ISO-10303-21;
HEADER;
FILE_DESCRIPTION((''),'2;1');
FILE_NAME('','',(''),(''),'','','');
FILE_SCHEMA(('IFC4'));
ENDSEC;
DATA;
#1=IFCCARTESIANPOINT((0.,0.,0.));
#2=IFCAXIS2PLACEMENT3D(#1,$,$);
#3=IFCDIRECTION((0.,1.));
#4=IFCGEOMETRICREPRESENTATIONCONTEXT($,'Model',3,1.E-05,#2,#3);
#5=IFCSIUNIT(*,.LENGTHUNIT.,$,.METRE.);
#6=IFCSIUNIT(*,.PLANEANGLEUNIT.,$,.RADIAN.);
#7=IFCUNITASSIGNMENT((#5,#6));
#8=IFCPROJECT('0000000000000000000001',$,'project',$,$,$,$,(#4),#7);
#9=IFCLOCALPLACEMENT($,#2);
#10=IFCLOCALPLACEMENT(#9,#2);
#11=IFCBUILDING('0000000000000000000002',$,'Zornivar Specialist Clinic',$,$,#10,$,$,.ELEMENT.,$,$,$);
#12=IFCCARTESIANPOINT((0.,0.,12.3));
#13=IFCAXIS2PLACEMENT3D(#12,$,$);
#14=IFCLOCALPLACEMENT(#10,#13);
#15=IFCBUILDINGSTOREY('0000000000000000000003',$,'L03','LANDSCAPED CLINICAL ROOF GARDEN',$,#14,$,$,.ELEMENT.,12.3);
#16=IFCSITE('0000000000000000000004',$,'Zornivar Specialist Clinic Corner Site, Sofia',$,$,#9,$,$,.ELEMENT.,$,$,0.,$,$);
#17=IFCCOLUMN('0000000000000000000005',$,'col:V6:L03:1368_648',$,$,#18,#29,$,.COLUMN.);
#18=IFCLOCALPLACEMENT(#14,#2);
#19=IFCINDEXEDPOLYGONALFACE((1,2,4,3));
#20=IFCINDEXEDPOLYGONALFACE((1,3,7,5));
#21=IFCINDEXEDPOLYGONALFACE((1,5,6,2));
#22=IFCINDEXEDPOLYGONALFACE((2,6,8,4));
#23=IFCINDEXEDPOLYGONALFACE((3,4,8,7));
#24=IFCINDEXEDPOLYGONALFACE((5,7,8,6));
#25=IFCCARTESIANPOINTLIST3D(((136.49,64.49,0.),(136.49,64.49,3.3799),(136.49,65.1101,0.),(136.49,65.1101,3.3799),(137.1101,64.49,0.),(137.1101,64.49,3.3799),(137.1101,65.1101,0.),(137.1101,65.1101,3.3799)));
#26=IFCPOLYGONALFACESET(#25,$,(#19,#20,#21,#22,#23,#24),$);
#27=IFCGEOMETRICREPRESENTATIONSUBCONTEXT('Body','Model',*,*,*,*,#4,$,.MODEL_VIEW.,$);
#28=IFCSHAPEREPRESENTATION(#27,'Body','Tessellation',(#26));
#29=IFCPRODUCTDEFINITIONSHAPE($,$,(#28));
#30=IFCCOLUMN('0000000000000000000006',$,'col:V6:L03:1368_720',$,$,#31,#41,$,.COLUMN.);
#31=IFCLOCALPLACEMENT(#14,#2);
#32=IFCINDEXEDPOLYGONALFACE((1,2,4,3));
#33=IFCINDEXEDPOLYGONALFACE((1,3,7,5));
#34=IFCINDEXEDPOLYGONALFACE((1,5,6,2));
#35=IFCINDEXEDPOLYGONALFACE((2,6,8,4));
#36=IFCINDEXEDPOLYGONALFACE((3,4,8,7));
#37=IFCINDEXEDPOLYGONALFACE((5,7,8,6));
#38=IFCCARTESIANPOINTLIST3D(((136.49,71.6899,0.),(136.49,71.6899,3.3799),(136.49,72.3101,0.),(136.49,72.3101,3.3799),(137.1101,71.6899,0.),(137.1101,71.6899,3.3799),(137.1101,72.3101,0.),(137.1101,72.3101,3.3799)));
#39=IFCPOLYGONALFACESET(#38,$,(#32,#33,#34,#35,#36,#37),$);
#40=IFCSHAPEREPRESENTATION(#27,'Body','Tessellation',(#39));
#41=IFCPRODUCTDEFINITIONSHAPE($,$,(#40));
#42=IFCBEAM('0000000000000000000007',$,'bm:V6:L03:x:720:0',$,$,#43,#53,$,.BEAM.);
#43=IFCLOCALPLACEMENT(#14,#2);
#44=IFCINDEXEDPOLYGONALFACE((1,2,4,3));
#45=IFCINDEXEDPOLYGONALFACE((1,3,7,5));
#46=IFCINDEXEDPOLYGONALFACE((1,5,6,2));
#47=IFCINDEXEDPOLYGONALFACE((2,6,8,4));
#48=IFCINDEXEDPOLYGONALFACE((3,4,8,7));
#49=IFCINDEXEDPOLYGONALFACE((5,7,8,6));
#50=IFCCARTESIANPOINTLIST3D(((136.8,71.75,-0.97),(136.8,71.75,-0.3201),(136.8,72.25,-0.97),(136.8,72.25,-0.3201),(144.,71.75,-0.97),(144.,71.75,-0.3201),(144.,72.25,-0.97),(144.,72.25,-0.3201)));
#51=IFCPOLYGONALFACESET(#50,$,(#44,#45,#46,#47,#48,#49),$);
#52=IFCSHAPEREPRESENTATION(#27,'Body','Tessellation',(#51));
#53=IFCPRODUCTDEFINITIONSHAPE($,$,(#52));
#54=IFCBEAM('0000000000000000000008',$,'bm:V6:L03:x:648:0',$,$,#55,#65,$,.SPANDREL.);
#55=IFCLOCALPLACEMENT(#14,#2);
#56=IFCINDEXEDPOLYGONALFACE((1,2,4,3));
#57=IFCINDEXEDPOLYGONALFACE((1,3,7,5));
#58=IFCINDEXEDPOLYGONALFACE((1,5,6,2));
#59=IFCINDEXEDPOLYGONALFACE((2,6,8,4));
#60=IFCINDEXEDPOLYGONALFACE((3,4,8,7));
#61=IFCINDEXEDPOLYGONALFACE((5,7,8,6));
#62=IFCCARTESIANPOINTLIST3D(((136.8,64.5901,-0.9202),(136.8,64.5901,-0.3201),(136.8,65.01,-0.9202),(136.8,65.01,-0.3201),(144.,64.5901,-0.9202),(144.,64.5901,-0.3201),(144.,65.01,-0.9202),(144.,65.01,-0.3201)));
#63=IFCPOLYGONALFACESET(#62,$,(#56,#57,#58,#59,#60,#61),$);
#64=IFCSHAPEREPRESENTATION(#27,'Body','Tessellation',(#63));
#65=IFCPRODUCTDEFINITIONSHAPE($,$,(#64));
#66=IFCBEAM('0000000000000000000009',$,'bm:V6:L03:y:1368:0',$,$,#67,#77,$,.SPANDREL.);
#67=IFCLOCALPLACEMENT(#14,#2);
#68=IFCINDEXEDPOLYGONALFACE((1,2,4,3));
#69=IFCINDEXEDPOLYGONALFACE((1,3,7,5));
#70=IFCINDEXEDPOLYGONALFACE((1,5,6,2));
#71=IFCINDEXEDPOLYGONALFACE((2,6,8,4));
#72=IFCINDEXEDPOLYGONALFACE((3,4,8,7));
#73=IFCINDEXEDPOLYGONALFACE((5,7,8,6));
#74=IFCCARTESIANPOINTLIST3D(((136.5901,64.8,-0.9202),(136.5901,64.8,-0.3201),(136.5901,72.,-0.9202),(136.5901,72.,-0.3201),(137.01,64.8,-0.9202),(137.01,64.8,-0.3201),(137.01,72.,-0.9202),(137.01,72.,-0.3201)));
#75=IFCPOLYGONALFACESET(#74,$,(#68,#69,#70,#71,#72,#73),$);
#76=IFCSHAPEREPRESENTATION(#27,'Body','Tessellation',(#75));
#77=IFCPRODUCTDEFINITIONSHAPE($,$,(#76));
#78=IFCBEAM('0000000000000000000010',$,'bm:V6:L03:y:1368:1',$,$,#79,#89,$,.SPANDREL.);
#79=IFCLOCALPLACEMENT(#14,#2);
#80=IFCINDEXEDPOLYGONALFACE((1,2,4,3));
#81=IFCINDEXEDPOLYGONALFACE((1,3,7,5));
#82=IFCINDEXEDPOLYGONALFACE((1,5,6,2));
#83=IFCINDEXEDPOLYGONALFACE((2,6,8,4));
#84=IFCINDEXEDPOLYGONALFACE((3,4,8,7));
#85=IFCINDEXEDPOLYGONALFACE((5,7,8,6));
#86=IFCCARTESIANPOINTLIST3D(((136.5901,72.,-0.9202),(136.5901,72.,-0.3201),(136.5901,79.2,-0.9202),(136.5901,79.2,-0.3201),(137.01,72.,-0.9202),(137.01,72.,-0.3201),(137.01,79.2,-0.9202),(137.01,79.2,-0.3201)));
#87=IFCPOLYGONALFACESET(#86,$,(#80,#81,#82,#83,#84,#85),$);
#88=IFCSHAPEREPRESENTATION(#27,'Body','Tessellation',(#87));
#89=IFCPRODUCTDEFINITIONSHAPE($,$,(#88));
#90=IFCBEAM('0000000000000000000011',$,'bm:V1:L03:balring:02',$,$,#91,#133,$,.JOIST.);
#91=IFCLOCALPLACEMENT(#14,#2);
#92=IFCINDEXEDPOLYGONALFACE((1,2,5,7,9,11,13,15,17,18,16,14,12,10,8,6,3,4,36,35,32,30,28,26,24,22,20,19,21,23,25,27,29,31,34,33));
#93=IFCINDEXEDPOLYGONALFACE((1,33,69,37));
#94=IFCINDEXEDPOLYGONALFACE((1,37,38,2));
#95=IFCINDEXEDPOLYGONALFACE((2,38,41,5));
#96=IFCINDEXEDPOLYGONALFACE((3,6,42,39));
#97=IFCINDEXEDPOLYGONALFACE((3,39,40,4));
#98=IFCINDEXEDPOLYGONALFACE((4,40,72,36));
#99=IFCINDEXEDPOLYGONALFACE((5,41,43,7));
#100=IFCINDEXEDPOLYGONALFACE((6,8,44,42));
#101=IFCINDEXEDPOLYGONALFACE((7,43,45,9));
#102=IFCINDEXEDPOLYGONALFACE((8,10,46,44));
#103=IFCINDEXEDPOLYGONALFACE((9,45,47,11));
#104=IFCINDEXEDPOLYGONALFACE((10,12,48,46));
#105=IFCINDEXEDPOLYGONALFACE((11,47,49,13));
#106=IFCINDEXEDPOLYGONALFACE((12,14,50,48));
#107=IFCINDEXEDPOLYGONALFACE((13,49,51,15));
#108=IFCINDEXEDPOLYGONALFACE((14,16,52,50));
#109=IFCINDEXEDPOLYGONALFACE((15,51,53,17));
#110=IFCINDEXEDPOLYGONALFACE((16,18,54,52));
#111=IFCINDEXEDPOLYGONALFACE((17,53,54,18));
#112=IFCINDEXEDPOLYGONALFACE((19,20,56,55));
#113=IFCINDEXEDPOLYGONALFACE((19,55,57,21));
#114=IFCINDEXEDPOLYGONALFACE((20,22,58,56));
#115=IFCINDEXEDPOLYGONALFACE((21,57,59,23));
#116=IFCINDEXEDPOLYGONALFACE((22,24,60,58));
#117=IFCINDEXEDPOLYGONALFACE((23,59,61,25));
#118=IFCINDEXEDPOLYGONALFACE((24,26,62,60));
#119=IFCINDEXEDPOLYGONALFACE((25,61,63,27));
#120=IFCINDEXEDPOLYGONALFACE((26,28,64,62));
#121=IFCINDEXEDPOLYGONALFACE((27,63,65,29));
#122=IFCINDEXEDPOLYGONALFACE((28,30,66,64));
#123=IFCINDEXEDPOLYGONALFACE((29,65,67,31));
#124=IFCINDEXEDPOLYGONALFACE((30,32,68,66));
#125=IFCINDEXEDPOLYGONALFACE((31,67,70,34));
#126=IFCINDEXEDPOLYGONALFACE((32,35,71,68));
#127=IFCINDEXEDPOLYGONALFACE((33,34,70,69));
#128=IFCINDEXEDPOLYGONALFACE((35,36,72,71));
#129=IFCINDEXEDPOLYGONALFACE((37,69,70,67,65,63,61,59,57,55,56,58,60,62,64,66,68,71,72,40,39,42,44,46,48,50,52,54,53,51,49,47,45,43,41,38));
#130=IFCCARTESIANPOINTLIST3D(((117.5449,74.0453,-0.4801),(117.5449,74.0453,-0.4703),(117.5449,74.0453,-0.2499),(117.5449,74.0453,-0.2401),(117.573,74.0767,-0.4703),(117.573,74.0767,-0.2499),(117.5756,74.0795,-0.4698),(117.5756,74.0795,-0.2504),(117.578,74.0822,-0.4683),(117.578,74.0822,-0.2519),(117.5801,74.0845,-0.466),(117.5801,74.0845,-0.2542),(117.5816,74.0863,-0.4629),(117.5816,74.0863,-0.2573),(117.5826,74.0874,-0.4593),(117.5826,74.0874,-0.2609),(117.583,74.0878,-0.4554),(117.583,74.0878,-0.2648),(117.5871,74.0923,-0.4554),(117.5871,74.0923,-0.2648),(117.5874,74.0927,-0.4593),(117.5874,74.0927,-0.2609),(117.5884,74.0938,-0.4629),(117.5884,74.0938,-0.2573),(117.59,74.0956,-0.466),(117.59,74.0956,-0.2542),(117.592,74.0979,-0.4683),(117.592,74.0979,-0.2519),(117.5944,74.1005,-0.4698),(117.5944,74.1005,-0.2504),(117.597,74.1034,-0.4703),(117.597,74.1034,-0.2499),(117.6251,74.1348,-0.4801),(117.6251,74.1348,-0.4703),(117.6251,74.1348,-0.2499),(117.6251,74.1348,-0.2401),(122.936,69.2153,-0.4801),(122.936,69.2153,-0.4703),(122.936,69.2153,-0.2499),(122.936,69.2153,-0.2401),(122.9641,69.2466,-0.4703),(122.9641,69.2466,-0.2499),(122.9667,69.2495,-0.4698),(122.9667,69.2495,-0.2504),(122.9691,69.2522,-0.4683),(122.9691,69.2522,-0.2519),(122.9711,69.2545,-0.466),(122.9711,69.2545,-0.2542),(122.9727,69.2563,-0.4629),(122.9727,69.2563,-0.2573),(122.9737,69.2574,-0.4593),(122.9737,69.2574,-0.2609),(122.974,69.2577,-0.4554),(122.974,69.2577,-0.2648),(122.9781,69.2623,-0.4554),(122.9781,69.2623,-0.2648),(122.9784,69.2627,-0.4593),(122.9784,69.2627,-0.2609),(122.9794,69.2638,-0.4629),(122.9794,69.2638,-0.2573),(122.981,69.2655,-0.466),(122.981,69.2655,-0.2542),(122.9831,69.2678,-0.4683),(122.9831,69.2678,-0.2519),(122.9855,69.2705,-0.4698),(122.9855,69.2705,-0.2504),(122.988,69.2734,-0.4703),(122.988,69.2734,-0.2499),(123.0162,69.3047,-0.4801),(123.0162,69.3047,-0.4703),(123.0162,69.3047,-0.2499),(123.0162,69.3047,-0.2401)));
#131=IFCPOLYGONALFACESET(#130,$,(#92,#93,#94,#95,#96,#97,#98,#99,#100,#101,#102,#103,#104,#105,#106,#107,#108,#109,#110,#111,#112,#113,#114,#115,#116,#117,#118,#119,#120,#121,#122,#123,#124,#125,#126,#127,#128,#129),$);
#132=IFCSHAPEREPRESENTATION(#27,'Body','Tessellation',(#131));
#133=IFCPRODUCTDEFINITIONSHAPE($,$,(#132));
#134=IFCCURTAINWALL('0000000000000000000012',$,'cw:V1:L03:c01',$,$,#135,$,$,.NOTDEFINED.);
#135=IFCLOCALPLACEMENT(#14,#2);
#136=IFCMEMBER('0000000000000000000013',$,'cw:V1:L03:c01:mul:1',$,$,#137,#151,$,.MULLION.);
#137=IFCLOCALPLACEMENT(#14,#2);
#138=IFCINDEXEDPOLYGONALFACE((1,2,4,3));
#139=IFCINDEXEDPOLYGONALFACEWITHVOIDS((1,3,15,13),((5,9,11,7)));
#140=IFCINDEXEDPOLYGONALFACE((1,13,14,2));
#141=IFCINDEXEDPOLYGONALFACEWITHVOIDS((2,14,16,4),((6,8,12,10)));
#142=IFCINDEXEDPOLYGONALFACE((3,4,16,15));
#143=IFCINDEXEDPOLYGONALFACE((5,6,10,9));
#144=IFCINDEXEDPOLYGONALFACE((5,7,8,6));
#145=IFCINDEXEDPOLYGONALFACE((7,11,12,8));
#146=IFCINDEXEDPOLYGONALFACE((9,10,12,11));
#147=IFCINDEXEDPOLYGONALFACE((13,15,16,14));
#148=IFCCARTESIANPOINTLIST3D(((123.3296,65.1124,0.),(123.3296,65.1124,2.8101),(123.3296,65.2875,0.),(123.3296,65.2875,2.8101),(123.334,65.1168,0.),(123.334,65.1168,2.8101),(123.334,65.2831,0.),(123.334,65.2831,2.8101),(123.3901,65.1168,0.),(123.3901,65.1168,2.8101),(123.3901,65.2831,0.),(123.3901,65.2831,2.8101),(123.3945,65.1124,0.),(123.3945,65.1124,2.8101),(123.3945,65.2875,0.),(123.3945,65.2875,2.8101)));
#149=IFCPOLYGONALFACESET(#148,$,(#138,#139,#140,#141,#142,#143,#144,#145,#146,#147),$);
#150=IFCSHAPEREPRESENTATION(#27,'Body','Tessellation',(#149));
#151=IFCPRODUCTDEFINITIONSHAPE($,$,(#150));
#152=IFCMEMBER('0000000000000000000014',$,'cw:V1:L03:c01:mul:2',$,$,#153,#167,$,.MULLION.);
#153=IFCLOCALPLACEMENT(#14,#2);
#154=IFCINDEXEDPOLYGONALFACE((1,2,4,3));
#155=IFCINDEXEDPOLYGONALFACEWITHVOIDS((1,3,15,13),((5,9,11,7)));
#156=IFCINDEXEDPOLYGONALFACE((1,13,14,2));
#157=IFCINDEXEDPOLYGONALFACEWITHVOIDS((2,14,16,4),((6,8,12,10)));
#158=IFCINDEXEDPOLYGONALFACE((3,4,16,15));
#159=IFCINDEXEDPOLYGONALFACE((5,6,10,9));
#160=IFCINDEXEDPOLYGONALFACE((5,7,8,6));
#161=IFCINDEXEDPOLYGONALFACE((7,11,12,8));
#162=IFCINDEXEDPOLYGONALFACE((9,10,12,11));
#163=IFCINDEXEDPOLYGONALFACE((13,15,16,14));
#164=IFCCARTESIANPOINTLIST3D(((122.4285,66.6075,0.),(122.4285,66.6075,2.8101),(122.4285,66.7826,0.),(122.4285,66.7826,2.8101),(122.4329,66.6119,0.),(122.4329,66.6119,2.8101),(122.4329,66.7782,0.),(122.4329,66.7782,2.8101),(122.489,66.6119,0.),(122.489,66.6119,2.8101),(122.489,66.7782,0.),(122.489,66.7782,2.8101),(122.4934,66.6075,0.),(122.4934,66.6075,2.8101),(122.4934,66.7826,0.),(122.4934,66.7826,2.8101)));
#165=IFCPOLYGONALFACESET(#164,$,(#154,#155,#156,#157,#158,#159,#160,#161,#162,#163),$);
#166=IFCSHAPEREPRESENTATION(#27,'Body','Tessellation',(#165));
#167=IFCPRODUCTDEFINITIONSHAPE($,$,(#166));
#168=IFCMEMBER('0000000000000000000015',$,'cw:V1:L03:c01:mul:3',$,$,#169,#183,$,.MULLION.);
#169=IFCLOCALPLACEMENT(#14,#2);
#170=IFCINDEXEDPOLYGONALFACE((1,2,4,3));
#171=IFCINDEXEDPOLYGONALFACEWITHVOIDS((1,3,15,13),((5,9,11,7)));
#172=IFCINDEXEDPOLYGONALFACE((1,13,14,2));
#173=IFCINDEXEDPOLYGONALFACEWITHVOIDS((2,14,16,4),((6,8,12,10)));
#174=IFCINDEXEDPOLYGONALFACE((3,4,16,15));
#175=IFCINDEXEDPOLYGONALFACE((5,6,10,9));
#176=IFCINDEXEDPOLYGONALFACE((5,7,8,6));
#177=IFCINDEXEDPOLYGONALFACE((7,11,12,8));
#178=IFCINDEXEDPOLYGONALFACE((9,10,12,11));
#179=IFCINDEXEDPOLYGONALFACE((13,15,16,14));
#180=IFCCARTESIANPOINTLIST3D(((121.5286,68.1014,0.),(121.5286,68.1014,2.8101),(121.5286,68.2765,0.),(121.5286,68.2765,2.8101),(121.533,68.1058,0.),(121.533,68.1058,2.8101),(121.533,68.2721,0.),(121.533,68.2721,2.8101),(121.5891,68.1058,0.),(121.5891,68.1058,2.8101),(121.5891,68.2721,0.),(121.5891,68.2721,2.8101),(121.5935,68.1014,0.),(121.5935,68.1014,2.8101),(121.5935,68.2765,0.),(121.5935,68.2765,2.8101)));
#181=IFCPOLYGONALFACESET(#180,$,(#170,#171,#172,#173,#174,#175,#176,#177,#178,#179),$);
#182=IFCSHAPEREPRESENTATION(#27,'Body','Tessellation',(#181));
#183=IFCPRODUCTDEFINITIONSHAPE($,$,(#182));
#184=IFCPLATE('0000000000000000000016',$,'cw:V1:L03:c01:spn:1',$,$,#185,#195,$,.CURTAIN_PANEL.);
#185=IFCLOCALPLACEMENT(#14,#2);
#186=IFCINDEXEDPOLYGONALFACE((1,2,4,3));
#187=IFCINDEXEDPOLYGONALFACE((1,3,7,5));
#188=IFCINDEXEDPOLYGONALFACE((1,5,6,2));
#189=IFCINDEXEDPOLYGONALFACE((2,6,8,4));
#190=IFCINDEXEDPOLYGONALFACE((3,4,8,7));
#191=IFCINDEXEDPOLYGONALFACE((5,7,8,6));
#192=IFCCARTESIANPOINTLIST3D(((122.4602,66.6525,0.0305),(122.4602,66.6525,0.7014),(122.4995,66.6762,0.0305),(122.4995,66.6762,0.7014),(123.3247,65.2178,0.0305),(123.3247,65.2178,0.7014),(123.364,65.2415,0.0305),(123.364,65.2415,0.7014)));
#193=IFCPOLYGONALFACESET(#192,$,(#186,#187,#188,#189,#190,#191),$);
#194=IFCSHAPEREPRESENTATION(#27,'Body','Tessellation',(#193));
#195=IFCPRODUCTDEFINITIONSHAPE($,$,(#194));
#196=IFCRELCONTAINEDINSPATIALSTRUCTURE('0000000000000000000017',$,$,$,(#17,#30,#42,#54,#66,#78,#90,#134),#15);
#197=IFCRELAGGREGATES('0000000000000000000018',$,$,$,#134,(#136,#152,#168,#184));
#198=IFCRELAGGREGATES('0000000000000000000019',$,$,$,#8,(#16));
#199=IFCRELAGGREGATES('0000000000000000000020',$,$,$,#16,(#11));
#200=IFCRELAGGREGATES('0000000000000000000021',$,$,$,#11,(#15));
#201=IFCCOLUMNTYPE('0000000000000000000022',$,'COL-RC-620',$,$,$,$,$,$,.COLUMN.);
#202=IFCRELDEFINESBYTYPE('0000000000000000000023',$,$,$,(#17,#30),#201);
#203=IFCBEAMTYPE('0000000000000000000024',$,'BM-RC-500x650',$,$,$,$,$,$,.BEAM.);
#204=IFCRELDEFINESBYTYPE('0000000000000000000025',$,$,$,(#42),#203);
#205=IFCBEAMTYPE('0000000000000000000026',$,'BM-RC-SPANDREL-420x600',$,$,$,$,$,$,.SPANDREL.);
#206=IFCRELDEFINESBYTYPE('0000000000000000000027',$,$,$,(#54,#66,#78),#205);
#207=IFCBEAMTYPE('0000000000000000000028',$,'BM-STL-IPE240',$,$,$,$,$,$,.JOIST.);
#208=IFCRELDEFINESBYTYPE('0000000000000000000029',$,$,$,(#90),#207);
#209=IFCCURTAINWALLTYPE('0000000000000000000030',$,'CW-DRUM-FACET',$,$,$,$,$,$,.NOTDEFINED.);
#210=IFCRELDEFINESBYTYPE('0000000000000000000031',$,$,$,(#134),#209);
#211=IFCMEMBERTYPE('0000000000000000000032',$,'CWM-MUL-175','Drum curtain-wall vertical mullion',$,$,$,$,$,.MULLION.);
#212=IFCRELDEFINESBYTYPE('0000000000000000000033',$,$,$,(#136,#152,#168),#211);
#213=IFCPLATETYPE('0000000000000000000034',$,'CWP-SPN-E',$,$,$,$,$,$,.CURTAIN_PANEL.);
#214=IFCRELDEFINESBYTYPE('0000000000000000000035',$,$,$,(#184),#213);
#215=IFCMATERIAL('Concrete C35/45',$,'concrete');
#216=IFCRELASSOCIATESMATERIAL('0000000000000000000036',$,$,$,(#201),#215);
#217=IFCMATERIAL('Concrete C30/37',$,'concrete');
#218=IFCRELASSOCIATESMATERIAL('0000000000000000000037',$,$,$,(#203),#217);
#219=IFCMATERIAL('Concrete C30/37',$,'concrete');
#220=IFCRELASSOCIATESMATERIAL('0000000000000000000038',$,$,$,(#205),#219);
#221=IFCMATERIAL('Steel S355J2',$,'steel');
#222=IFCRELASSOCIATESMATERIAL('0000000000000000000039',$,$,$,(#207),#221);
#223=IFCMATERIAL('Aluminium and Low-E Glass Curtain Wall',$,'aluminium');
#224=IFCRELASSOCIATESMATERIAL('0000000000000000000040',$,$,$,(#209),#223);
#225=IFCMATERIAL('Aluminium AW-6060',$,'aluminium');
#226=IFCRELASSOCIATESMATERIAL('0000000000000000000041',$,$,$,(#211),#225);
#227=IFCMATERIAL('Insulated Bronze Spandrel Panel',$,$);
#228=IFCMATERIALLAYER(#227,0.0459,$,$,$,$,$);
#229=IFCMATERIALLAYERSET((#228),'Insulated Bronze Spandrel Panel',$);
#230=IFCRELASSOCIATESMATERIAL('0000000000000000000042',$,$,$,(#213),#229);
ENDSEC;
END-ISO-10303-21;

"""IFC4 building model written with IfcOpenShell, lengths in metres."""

from ifc_helpers import new_model, si_unit, direction, frame, origin, origin_2d, place, context, subcontext, project, spatial, rectangle, hollow_rectangle, i_section, extrude, material, layer, layer_set, material_profile, profile_set, type_object, element, aggregate, save


model = new_model("IFC4")

# Units and contexts
model_context = context("Model", 3, precision=1e-05, world=origin(), true_north=direction((0.0, 1.0)))
body_context = subcontext(model_context, "Body", "Model", "MODEL_VIEW")
ifc_project = project(units=[si_unit("LENGTHUNIT", "METRE"), si_unit("PLANEANGLEUNIT", "RADIAN")], contexts=[model_context])

# Site, building, storey
site_placement = place(None, origin())
site = spatial("IfcSite", under=ifc_project, at=site_placement, Name="Zornivar Specialist Clinic Corner Site, Sofia", CompositionType="ELEMENT", RefElevation=0.0)
building_placement = place(site_placement, origin())
building = spatial("IfcBuilding", under=site, at=building_placement, Name="Zornivar Specialist Clinic", CompositionType="ELEMENT")
storey_placement = place(building_placement, frame((0.0, 0.0, 12.3)))
storey = spatial("IfcBuildingStorey", under=building, at=storey_placement, Name="L03", Description="LANDSCAPED CLINICAL ROOF GARDEN", CompositionType="ELEMENT", Elevation=12.3)

# Columns
ifc_material_1 = material(Name="Concrete C35/45", Category="concrete")
ifc_material_profile_1 = material_profile(ifc_material_1, rectangle(XDim=0.6201, YDim=0.6201, at=origin_2d()), Name="RC 620x620")
ifc_profile_set_1 = profile_set([ifc_material_profile_1], Name="Concrete C35/45")
column_type = type_object("IfcColumnType", Name="COL-RC-620", PredefinedType="COLUMN", material=ifc_profile_set_1)
for number, where, z_axis, x_axis, name in (
    (1, (136.8, 64.8, 0.0), (0.0, 0.0, 1.0), (1.0, 0.0, 0.0), "col:V6:L03:1368_648"),
    (2, (136.8, 72.0, 0.0), (0.0, 0.0, 1.0), (1.0, 0.0, 0.0), "col:V6:L03:1368_720"),
):
    element("IfcColumn", number, at=place(storey_placement, frame(where, z_axis=z_axis, x_axis=x_axis)), inside=storey, type_object=column_type, Name=name, PredefinedType="COLUMN", context=body_context, shape_type="SweptSolid", body=[
        extrude(rectangle(XDim=0.6201, YDim=0.6201, at=origin_2d()), origin(), (0.0, 0.0, 1.0), 3.3799),
    ])

# Beams
ifc_material_2 = material(Name="Concrete C30/37", Category="concrete")
ifc_material_profile_2 = material_profile(ifc_material_2, rectangle(XDim=0.5, YDim=0.6499, at=origin_2d()), Name="RC 500x650")
ifc_profile_set_2 = profile_set([ifc_material_profile_2], Name="Concrete C30/37")
beam_type_1 = type_object("IfcBeamType", Name="BM-RC-500x650", PredefinedType="BEAM", material=ifc_profile_set_2)
beam_1_placement = place(storey_placement, frame((136.8, 72.0, -0.645), z_axis=(1.0, 0.0, 0.0), x_axis=(0.0, 1.0, 0.0)))
element("IfcBeam", 3, at=beam_1_placement, inside=storey, type_object=beam_type_1, Name="bm:V6:L03:x:720:0", PredefinedType="BEAM", context=body_context, shape_type="SweptSolid", body=[
    extrude(rectangle(XDim=0.5, YDim=0.6499, at=origin_2d()), origin(), (0.0, 0.0, 1.0), 7.2),
])
ifc_material_3 = material(Name="Concrete C30/37", Category="concrete")
ifc_material_profile_3 = material_profile(ifc_material_3, rectangle(XDim=0.4199, YDim=0.6001, at=origin_2d()), Name="RC 420x600")
ifc_profile_set_3 = profile_set([ifc_material_profile_3], Name="Concrete C30/37")
beam_type_2 = type_object("IfcBeamType", Name="BM-RC-SPANDREL-420x600", PredefinedType="SPANDREL", material=ifc_profile_set_3)
for number, where, z_axis, x_axis, name in (
    (4, (136.8, 64.8, -0.6201), (1.0, 0.0, 0.0), (0.0, 1.0, 0.0), "bm:V6:L03:x:648:0"),
    (5, (136.8, 64.8, -0.6201), (0.0, 1.0, 0.0), (-1.0, 0.0, 0.0), "bm:V6:L03:y:1368:0"),
    (6, (136.8, 72.0, -0.6201), (0.0, 1.0, 0.0), (-1.0, 0.0, 0.0), "bm:V6:L03:y:1368:1"),
):
    element("IfcBeam", number, at=place(storey_placement, frame(where, z_axis=z_axis, x_axis=x_axis)), inside=storey, type_object=beam_type_2, Name=name, PredefinedType="SPANDREL", context=body_context, shape_type="SweptSolid", body=[
        extrude(rectangle(XDim=0.4199, YDim=0.6001, at=origin_2d()), origin(), (0.0, 0.0, 1.0), 7.2),
    ])
ifc_material_4 = material(Name="Steel S355J2", Category="steel")
ifc_material_profile_4 = material_profile(ifc_material_4, i_section(OverallWidth=0.1201, OverallDepth=0.24, WebThickness=0.0061, FlangeThickness=0.0098, FilletRadius=0.0149, at=origin_2d()), Name="IPE 240")
ifc_profile_set_4 = profile_set([ifc_material_profile_4], Name="Steel S355J2")
beam_type_3 = type_object("IfcBeamType", Name="BM-STL-IPE240", PredefinedType="JOIST", material=ifc_profile_set_4)
beam_2_placement = place(storey_placement, frame((122.9761, 69.26, -0.3601), z_axis=(-0.744798, 0.66729, 0.0), x_axis=(-0.66729, -0.744798, 0.0)))
element("IfcBeam", 7, at=beam_2_placement, inside=storey, type_object=beam_type_3, Name="bm:V1:L03:balring:02", PredefinedType="JOIST", context=body_context, shape_type="SweptSolid", body=[
    extrude(i_section(OverallWidth=0.1201, OverallDepth=0.24, WebThickness=0.0061, FlangeThickness=0.0098, FilletRadius=0.0149, at=origin_2d()), origin(), (0.0, 0.0, 1.0), 7.2383),
])

# Curtain wall, members, plate
ifc_material_5 = material(Name="Aluminium and Low-E Glass Curtain Wall", Category="aluminium")
curtain_wall_type = type_object("IfcCurtainWallType", Name="CW-DRUM-FACET", PredefinedType="NOTDEFINED", material=ifc_material_5)
curtain_wall_placement = place(storey_placement, origin())
curtain_wall = element("IfcCurtainWall", 8, at=curtain_wall_placement, inside=storey, type_object=curtain_wall_type, Name="cw:V1:L03:c01", PredefinedType="NOTDEFINED")
ifc_material_6 = material(Name="Aluminium AW-6060", Category="aluminium")
ifc_material_profile_5 = material_profile(ifc_material_6, hollow_rectangle(XDim=0.0649, YDim=0.175, WallThickness=0.0044, at=origin_2d()), Name="ALU 65x175x4.5")
ifc_profile_set_5 = profile_set([ifc_material_profile_5], Name="Aluminium AW-6060")
member_type = type_object("IfcMemberType", Name="CWM-MUL-175", Description="Drum curtain-wall vertical mullion", PredefinedType="MULLION", material=ifc_profile_set_5)
member_1_placement = place(storey_placement, frame((123.3621, 65.2, 0.0), z_axis=(0.0, 0.0, 1.0), x_axis=(1.0, 0.0, 0.0)))
member_1 = element("IfcMember", 9, at=member_1_placement, type_object=member_type, Name="cw:V1:L03:c01:mul:1", PredefinedType="MULLION", context=body_context, shape_type="SweptSolid", body=[
    extrude(hollow_rectangle(XDim=0.0649, YDim=0.175, WallThickness=0.0044, at=origin_2d()), origin(), (0.0, 0.0, 1.0), 2.8101),
])
member_2_placement = place(storey_placement, frame((122.4609, 66.6951, 0.0), z_axis=(0.0, 0.0, 1.0), x_axis=(1.0, 0.0, 0.0)))
member_2 = element("IfcMember", 10, at=member_2_placement, type_object=member_type, Name="cw:V1:L03:c01:mul:2", PredefinedType="MULLION", context=body_context, shape_type="SweptSolid", body=[
    extrude(hollow_rectangle(XDim=0.0649, YDim=0.175, WallThickness=0.0044, at=origin_2d()), origin(), (0.0, 0.0, 1.0), 2.8101),
])
member_3_placement = place(storey_placement, frame((121.561, 68.189, 0.0), z_axis=(0.0, 0.0, 1.0), x_axis=(1.0, 0.0, 0.0)))
member_3 = element("IfcMember", 11, at=member_3_placement, type_object=member_type, Name="cw:V1:L03:c01:mul:3", PredefinedType="MULLION", context=body_context, shape_type="SweptSolid", body=[
    extrude(hollow_rectangle(XDim=0.0649, YDim=0.175, WallThickness=0.0044, at=origin_2d()), origin(), (0.0, 0.0, 1.0), 2.8101),
])
ifc_material_7 = material(Name="Insulated Bronze Spandrel Panel")
ifc_layer_1 = layer(ifc_material_7, 0.0459)
ifc_layer_set_1 = layer_set([ifc_layer_1], Name="Insulated Bronze Spandrel Panel")
plate_type_1 = type_object("IfcPlateType", Name="CWP-SPN-E", PredefinedType="CURTAIN_PANEL", material=ifc_layer_set_1)
plate_1_placement = place(storey_placement, frame((122.9121, 65.947, 0.0305), z_axis=(0.0, 0.0, 1.0), x_axis=(-0.516127, 0.856512, 0.0)))
plate_1 = element("IfcPlate", 12, at=plate_1_placement, type_object=plate_type_1, Name="cw:V1:L03:c01:spn:1", PredefinedType="CURTAIN_PANEL", context=body_context, shape_type="SweptSolid", body=[
    extrude(rectangle(XDim=1.675, YDim=0.0459, at=origin_2d()), origin(), (0.0, 0.0, 1.0), 0.6709),
])
aggregate(curtain_wall, [member_1, member_2, member_3, plate_1])

save(model, "model.ifc")
